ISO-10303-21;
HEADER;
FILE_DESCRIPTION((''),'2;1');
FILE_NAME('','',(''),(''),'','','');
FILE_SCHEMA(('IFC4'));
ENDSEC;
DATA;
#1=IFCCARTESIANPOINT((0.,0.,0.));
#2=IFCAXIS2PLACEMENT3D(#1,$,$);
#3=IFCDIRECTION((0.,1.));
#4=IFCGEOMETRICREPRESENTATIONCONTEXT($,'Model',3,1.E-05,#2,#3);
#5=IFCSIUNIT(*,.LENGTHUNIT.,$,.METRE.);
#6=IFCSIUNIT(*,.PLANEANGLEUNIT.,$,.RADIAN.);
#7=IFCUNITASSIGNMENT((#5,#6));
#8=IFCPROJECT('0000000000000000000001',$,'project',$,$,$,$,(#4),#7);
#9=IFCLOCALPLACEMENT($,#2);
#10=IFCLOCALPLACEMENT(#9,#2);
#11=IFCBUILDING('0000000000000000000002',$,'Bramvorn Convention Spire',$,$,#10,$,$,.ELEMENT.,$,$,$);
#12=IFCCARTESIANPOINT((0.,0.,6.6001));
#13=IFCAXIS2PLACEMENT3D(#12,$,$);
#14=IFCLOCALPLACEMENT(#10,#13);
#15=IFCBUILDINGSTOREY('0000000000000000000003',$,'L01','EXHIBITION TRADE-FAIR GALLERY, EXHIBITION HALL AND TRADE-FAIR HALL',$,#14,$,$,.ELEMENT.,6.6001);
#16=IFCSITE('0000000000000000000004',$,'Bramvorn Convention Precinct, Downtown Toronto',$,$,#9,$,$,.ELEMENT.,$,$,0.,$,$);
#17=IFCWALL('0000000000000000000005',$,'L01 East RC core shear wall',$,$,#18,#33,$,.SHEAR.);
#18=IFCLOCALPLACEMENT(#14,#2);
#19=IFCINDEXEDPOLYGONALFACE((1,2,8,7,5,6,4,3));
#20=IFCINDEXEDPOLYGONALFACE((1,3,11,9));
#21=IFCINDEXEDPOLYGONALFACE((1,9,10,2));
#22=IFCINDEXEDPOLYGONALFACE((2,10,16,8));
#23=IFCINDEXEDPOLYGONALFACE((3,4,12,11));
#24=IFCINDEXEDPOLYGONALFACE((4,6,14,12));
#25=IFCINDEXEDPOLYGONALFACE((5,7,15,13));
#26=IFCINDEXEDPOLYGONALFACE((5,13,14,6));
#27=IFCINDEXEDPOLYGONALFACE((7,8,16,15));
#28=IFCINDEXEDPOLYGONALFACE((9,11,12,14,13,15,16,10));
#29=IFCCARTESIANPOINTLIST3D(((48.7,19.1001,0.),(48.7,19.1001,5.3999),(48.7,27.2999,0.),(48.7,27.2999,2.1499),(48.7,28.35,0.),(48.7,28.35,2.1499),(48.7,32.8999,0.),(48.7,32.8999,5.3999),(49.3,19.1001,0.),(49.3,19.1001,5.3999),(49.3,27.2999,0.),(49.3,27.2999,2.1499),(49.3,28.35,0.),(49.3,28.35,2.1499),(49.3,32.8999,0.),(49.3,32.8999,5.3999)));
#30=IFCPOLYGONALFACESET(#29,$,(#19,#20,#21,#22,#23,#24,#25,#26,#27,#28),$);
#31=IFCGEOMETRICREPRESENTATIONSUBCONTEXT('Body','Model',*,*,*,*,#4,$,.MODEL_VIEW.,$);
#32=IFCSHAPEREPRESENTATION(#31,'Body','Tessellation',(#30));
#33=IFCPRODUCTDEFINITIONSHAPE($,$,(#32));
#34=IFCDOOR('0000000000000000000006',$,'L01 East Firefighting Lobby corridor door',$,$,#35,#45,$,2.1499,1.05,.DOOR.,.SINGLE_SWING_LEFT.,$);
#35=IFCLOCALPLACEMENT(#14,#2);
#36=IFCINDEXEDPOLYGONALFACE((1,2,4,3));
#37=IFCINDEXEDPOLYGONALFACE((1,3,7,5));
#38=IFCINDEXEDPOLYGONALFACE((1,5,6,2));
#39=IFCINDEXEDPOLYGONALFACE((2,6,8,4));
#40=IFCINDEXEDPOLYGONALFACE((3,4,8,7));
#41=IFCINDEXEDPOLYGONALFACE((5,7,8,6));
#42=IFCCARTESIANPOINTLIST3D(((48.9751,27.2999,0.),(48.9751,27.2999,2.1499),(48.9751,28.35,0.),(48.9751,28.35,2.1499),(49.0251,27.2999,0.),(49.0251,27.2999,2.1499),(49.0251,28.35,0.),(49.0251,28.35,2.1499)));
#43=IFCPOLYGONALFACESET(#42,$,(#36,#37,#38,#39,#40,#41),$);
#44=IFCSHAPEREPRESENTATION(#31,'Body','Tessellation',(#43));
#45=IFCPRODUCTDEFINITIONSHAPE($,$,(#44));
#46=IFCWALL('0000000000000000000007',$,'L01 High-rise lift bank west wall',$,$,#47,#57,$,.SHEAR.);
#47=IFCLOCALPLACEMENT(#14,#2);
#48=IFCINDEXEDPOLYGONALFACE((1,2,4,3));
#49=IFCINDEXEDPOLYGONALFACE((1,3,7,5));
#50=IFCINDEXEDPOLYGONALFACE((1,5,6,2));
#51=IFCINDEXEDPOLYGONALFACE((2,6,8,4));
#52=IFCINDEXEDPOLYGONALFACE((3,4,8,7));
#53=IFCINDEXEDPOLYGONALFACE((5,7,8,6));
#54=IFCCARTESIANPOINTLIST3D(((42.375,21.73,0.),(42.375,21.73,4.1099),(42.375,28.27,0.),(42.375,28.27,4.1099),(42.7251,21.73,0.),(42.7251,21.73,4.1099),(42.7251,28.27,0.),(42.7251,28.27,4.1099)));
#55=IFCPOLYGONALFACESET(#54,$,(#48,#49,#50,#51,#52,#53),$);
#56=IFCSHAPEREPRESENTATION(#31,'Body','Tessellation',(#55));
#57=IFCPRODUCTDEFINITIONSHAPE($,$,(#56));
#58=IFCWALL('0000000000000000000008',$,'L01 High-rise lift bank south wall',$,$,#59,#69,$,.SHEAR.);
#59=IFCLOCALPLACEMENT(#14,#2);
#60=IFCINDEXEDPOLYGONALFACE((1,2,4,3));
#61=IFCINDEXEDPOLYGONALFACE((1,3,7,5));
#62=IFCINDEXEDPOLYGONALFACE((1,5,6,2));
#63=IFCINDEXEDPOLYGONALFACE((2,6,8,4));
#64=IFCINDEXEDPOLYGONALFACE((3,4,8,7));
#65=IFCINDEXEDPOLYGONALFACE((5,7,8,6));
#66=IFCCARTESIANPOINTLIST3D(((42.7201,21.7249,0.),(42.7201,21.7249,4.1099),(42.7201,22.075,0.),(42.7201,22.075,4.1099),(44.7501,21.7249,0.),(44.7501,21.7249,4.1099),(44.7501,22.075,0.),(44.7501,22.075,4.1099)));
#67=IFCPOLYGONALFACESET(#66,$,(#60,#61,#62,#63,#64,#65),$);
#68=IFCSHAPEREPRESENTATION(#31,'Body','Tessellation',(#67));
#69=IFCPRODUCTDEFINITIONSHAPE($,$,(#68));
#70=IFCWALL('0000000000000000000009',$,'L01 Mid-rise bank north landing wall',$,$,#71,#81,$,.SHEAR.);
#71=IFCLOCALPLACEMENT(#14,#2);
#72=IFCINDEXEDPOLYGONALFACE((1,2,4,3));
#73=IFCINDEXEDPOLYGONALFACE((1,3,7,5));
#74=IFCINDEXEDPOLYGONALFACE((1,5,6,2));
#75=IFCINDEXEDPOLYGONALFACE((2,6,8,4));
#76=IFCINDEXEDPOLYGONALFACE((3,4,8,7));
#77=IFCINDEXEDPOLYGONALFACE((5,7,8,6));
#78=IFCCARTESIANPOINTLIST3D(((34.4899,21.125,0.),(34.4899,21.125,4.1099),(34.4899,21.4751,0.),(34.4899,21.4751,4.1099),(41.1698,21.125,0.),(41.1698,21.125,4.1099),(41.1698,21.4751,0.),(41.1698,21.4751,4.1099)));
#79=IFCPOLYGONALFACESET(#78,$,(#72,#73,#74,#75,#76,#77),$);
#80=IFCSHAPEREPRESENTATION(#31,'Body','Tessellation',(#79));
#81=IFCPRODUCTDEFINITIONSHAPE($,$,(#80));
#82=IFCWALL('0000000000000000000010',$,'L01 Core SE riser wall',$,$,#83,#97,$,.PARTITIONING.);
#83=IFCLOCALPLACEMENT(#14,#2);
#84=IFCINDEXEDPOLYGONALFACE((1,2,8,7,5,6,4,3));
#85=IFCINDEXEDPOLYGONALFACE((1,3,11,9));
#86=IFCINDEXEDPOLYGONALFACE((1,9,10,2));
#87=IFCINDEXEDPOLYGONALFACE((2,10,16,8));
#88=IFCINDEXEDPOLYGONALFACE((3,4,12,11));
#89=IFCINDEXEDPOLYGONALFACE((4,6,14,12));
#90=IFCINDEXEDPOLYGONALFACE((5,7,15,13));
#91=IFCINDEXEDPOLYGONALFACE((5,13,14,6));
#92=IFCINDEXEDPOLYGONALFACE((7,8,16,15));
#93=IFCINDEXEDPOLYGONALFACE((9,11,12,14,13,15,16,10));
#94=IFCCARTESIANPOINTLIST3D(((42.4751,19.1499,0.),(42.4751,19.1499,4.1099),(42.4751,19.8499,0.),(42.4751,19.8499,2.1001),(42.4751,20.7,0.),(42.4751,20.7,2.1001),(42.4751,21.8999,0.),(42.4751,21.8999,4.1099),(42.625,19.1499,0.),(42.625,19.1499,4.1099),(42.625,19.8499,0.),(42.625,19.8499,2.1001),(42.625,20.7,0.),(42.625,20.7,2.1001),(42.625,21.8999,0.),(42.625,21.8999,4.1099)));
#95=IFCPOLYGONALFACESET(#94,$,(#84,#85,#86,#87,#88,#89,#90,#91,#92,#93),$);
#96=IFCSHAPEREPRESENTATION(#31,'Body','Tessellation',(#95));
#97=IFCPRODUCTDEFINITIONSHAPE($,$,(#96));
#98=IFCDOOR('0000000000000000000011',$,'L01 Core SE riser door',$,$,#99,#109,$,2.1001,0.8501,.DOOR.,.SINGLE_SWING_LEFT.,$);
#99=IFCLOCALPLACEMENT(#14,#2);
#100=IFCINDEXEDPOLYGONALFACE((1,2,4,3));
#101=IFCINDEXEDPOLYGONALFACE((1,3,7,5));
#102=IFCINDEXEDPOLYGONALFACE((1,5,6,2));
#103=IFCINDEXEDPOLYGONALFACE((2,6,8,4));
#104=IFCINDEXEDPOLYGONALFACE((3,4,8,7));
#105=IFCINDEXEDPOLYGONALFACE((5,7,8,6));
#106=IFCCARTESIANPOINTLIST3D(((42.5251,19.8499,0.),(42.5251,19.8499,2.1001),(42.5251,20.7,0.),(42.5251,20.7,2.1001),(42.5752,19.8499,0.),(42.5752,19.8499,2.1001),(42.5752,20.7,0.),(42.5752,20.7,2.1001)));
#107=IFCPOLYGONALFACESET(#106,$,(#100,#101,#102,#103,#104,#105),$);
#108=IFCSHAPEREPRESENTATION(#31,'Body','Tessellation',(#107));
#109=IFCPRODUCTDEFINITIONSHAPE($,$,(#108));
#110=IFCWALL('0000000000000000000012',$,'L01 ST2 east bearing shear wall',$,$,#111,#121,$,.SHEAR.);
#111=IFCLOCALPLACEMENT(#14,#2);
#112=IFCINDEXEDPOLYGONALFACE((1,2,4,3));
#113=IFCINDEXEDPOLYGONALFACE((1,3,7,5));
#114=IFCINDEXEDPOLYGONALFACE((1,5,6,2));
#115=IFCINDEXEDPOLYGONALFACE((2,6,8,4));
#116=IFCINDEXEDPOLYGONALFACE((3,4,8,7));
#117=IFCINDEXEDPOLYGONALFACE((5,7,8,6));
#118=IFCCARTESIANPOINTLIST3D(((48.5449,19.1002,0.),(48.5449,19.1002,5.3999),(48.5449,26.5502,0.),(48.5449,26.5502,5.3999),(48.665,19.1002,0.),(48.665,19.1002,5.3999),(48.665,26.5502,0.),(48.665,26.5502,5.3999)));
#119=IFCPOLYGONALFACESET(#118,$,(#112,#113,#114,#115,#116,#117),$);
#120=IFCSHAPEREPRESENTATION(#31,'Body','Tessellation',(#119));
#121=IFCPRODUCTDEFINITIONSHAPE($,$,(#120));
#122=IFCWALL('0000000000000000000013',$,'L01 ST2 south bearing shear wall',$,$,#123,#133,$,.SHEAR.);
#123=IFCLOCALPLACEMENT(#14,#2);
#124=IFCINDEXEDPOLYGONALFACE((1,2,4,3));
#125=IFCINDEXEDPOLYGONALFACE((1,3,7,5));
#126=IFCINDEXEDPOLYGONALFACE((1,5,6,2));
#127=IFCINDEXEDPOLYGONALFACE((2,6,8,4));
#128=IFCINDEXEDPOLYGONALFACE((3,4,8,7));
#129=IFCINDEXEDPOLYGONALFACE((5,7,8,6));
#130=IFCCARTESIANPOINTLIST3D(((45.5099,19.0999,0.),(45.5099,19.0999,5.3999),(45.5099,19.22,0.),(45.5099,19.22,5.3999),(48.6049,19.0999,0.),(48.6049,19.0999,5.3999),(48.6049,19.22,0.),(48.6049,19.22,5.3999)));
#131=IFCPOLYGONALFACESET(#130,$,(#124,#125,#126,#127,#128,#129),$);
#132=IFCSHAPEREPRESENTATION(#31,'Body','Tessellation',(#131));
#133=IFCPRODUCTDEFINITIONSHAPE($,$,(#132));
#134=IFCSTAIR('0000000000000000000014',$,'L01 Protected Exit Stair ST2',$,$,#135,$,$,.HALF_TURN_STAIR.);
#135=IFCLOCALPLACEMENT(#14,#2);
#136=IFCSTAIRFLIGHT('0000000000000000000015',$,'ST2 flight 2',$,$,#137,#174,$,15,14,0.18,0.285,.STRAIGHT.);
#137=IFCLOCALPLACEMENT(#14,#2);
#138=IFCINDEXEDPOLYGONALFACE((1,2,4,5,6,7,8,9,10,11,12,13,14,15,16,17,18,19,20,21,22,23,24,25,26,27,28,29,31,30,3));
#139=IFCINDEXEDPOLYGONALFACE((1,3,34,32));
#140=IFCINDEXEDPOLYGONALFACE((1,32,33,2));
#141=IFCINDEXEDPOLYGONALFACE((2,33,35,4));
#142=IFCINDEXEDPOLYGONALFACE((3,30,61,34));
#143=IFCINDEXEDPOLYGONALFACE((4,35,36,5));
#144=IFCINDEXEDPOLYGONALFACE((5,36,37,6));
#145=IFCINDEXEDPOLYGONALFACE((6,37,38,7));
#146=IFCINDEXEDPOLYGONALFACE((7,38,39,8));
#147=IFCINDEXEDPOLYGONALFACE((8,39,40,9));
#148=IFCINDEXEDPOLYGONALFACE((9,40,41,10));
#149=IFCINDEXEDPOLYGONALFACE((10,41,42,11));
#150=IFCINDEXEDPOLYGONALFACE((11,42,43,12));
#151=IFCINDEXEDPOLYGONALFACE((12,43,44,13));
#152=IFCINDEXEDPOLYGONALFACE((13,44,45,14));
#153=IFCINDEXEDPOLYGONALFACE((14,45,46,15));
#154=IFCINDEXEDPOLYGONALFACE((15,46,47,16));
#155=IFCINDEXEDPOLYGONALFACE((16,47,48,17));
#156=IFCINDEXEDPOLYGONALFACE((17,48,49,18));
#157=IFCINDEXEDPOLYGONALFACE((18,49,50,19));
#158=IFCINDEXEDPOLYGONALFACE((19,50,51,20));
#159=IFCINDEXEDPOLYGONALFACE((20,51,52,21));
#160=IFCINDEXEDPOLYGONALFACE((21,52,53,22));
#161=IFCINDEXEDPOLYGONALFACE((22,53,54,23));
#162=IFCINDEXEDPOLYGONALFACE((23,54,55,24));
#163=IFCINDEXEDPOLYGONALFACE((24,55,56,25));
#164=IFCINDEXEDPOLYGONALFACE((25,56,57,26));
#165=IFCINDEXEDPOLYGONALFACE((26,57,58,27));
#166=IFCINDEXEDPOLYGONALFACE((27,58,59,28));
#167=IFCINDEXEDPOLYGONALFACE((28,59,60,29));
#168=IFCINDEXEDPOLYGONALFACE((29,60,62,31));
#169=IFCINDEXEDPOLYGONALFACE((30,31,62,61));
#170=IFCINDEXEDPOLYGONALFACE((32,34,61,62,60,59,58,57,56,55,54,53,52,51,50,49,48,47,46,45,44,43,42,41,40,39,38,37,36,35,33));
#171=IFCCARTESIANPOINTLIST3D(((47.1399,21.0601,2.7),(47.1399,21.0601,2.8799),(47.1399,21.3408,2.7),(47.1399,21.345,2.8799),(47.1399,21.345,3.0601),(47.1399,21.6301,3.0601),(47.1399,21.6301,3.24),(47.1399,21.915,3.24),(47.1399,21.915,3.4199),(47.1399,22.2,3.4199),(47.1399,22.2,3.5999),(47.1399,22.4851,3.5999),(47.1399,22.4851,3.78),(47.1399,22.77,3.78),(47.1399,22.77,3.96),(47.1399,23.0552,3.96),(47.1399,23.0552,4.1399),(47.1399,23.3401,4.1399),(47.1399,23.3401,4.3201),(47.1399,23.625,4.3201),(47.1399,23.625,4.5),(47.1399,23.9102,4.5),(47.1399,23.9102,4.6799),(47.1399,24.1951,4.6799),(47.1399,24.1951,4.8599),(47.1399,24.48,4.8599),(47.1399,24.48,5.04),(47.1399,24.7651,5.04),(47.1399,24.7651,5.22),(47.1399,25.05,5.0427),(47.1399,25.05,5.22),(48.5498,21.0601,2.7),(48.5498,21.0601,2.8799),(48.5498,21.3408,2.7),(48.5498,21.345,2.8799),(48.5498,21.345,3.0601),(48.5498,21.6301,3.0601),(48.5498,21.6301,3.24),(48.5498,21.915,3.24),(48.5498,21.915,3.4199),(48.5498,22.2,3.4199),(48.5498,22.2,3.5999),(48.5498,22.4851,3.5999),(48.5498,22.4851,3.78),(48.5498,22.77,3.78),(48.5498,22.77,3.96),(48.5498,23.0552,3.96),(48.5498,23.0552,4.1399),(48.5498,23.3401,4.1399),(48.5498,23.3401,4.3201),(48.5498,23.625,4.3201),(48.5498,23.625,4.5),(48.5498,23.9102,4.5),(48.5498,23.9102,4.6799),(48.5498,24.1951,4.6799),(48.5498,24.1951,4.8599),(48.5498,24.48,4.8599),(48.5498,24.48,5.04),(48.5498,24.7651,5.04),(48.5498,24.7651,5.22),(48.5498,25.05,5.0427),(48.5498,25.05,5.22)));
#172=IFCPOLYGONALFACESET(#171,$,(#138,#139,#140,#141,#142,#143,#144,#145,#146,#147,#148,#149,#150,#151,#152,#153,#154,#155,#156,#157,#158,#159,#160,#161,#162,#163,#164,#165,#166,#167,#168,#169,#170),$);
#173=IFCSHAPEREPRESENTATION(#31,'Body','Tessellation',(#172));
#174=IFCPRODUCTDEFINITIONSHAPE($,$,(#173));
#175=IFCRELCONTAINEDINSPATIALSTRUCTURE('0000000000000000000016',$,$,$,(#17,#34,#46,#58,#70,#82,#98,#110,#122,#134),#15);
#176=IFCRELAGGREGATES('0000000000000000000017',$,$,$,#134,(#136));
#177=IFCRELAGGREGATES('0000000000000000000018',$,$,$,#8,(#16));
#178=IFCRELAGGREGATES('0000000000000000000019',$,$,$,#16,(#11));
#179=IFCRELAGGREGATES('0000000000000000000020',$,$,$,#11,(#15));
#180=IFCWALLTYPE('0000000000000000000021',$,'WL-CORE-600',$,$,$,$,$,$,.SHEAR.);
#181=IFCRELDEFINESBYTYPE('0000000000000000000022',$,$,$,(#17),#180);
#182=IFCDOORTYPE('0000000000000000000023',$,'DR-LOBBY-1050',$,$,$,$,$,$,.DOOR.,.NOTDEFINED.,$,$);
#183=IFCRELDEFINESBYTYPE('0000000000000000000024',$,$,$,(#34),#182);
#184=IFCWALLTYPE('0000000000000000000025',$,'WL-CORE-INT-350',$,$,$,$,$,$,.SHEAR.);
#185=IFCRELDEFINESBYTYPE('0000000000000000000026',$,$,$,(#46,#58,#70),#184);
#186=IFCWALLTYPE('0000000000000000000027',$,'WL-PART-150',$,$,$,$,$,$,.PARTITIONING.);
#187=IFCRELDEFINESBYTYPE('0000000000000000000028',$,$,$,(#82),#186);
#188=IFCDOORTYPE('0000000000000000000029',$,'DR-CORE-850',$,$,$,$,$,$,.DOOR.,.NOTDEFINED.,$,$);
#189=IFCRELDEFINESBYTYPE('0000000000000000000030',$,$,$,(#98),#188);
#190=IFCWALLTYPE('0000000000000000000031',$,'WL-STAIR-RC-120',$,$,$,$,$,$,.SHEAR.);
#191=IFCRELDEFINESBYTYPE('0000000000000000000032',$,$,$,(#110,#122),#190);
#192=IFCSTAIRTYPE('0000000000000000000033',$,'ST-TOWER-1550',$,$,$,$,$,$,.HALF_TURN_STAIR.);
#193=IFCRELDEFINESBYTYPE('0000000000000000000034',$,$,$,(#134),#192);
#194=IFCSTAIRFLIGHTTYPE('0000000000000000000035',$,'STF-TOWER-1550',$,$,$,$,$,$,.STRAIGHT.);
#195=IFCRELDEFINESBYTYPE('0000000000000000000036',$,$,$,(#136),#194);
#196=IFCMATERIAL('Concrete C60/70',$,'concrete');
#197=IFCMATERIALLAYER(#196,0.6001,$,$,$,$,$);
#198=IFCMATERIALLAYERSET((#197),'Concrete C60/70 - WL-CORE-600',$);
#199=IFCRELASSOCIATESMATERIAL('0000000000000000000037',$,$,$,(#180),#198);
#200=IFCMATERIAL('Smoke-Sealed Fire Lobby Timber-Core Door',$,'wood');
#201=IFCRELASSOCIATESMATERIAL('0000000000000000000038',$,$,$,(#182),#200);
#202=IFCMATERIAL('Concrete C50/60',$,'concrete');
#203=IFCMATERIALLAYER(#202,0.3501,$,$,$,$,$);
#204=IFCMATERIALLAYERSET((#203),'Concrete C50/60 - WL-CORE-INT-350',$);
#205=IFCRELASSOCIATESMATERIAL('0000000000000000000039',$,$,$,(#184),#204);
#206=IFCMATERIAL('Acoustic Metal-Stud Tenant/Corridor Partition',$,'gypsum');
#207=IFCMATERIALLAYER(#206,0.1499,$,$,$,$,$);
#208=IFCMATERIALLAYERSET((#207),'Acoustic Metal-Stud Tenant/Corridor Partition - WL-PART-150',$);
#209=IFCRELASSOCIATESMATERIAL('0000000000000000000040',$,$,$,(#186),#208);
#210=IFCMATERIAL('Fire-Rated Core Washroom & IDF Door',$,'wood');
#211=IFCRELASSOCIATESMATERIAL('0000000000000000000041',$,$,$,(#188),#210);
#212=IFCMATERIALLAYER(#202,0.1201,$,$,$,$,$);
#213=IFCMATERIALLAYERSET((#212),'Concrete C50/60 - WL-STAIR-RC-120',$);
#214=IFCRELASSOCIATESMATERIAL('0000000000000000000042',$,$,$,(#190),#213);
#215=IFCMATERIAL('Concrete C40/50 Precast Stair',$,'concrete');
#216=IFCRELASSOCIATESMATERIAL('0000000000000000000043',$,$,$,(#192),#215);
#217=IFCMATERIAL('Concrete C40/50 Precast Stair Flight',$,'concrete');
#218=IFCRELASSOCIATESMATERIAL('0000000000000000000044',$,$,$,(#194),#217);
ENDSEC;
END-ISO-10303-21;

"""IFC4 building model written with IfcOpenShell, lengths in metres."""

from ifc_helpers import new_model, si_unit, direction, frame, frame_2d, origin, place, context, subcontext, project, spatial, polyline, rectangle, outline, extrude, material, layer, layer_set, type_object, element, fill, aggregate, save


model = new_model("IFC4")

# Units and contexts
model_context = context("Model", 3, precision=1e-05, world=origin(), true_north=direction((0.0, 1.0)))
body_context = subcontext(model_context, "Body", "Model", "MODEL_VIEW")
ifc_project = project(units=[si_unit("LENGTHUNIT", "METRE"), si_unit("PLANEANGLEUNIT", "RADIAN")], contexts=[model_context])

# Site, building, storey
site_placement = place(None, origin())
site = spatial("IfcSite", under=ifc_project, at=site_placement, Name="Bramvorn Convention Precinct, Downtown Toronto", CompositionType="ELEMENT", RefElevation=0.0)
building_placement = place(site_placement, origin())
building = spatial("IfcBuilding", under=site, at=building_placement, Name="Bramvorn Convention Spire", CompositionType="ELEMENT")
storey_placement = place(building_placement, frame((0.0, 0.0, 6.6001)))
storey = spatial("IfcBuildingStorey", under=building, at=storey_placement, Name="L01", Description="EXHIBITION TRADE-FAIR GALLERY, EXHIBITION HALL AND TRADE-FAIR HALL", CompositionType="ELEMENT", Elevation=6.6001)

# Wall, opening, door
ifc_material_1 = material(Name="Concrete C60/70", Category="concrete")
ifc_layer_1 = layer(ifc_material_1, 0.6001)
ifc_layer_set_1 = layer_set([ifc_layer_1], Name="Concrete C60/70 - WL-CORE-600")
wall_type_1 = type_object("IfcWallType", Name="WL-CORE-600", PredefinedType="SHEAR", material=ifc_layer_set_1)
wall_1_placement = place(storey_placement, frame((49.0, 19.1001, 0.0), z_axis=(0.0, 0.0, 1.0), x_axis=(0.0, 1.0, 0.0)))
wall_1 = element("IfcWall", 1, at=wall_1_placement, inside=storey, type_object=wall_type_1, Name="L01 East RC core shear wall", PredefinedType="SHEAR", context=body_context, shape_type="SweptSolid", body=[
    extrude(rectangle(XDim=13.7998, YDim=0.6001, at=frame_2d((6.8999, 0.0))), origin(), (0.0, 0.0, 1.0), 5.3999),
])
opening_1_placement = place(wall_1_placement, frame((8.2, 0.0, 0.0)))
opening_1 = element("IfcOpeningElement", 2, at=opening_1_placement, cuts=wall_1, PredefinedType="OPENING", context=body_context, shape_type="SweptSolid", body=[
    extrude(rectangle(XDim=1.05, YDim=2.1499, at=frame_2d((0.5249, 1.075))), frame((0.0, 0.3101, 0.0), z_axis=(0.0, -1.0, 0.0), x_axis=(1.0, 0.0, 0.0)), (0.0, 0.0, 1.0), 0.6201),
])
ifc_material_2 = material(Name="Smoke-Sealed Fire Lobby Timber-Core Door", Category="wood")
door_type_1 = type_object("IfcDoorType", Name="DR-LOBBY-1050", OperationType="NOTDEFINED", PredefinedType="DOOR", material=ifc_material_2)
door_1_placement = place(opening_1_placement, origin())
door_1 = element("IfcDoor", 3, at=door_1_placement, inside=storey, type_object=door_type_1, Name="L01 East Firefighting Lobby corridor door", OperationType="SINGLE_SWING_LEFT", OverallHeight=2.1499, OverallWidth=1.05, PredefinedType="DOOR", context=body_context, shape_type="SweptSolid", body=[
    extrude(rectangle(XDim=1.05, YDim=2.1499, at=frame_2d((0.5249, 1.075))), frame((0.0, 0.0249, 0.0), z_axis=(0.0, -1.0, 0.0), x_axis=(1.0, 0.0, 0.0)), (0.0, 0.0, 1.0), 0.05),
])
fill(opening_1, door_1)

# Walls
ifc_material_3 = material(Name="Concrete C50/60", Category="concrete")
ifc_layer_2 = layer(ifc_material_3, 0.3501)
ifc_layer_set_2 = layer_set([ifc_layer_2], Name="Concrete C50/60 - WL-CORE-INT-350")
wall_type_2 = type_object("IfcWallType", Name="WL-CORE-INT-350", PredefinedType="SHEAR", material=ifc_layer_set_2)
wall_2_placement = place(storey_placement, frame((42.55, 21.73, 0.0), z_axis=(0.0, 0.0, 1.0), x_axis=(0.0, 1.0, 0.0)))
element("IfcWall", 4, at=wall_2_placement, inside=storey, type_object=wall_type_2, Name="L01 High-rise lift bank west wall", PredefinedType="SHEAR", context=body_context, shape_type="SweptSolid", body=[
    extrude(rectangle(XDim=6.54, YDim=0.3501, at=frame_2d((3.27, 0.0))), origin(), (0.0, 0.0, 1.0), 4.1099),
])
wall_3_placement = place(storey_placement, frame((42.72, 21.8999, 0.0), z_axis=(0.0, 0.0, 1.0), x_axis=(1.0, 0.0, 0.0)))
element("IfcWall", 5, at=wall_3_placement, inside=storey, type_object=wall_type_2, Name="L01 High-rise lift bank south wall", PredefinedType="SHEAR", context=body_context, shape_type="SweptSolid", body=[
    extrude(rectangle(XDim=2.03, YDim=0.3501, at=frame_2d((1.0151, 0.0))), origin(), (0.0, 0.0, 1.0), 4.1099),
])
wall_4_placement = place(storey_placement, frame((34.49, 21.3, 0.0), z_axis=(0.0, 0.0, 1.0), x_axis=(1.0, 0.0, 0.0)))
element("IfcWall", 6, at=wall_4_placement, inside=storey, type_object=wall_type_2, Name="L01 Mid-rise bank north landing wall", PredefinedType="SHEAR", context=body_context, shape_type="SweptSolid", body=[
    extrude(rectangle(XDim=6.6799, YDim=0.3501, at=frame_2d((3.3398, 0.0))), origin(), (0.0, 0.0, 1.0), 4.1099),
])

# Wall, opening, door
ifc_material_4 = material(Name="Acoustic Metal-Stud Tenant/Corridor Partition", Category="gypsum")
ifc_layer_3 = layer(ifc_material_4, 0.1499)
ifc_layer_set_3 = layer_set([ifc_layer_3], Name="Acoustic Metal-Stud Tenant/Corridor Partition - WL-PART-150")
wall_type_3 = type_object("IfcWallType", Name="WL-PART-150", PredefinedType="PARTITIONING", material=ifc_layer_set_3)
wall_5_placement = place(storey_placement, frame((42.55, 19.1499, 0.0), z_axis=(0.0, 0.0, 1.0), x_axis=(0.0, 1.0, 0.0)))
wall_5 = element("IfcWall", 7, at=wall_5_placement, inside=storey, type_object=wall_type_3, Name="L01 Core SE riser wall", PredefinedType="PARTITIONING", context=body_context, shape_type="SweptSolid", body=[
    extrude(rectangle(XDim=2.75, YDim=0.1499, at=frame_2d((1.375, 0.0))), origin(), (0.0, 0.0, 1.0), 4.1099),
])
opening_2_placement = place(wall_5_placement, frame((0.7, 0.0, 0.0)))
opening_2 = element("IfcOpeningElement", 8, at=opening_2_placement, cuts=wall_5, PredefinedType="OPENING", context=body_context, shape_type="SweptSolid", body=[
    extrude(rectangle(XDim=0.8501, YDim=2.1001, at=frame_2d((0.425, 1.05))), frame((0.0, 0.085, 0.0), z_axis=(0.0, -1.0, 0.0), x_axis=(1.0, 0.0, 0.0)), (0.0, 0.0, 1.0), 0.1699),
])
ifc_material_5 = material(Name="Fire-Rated Core Washroom & IDF Door", Category="wood")
door_type_2 = type_object("IfcDoorType", Name="DR-CORE-850", OperationType="NOTDEFINED", PredefinedType="DOOR", material=ifc_material_5)
door_2_placement = place(opening_2_placement, origin())
door_2 = element("IfcDoor", 9, at=door_2_placement, inside=storey, type_object=door_type_2, Name="L01 Core SE riser door", OperationType="SINGLE_SWING_LEFT", OverallHeight=2.1001, OverallWidth=0.8501, PredefinedType="DOOR", context=body_context, shape_type="SweptSolid", body=[
    extrude(rectangle(XDim=0.8501, YDim=2.1001, at=frame_2d((0.425, 1.05))), frame((0.0, 0.0249, 0.0), z_axis=(0.0, -1.0, 0.0), x_axis=(1.0, 0.0, 0.0)), (0.0, 0.0, 1.0), 0.05),
])
fill(opening_2, door_2)

# Walls
ifc_layer_4 = layer(ifc_material_3, 0.1201)
ifc_layer_set_4 = layer_set([ifc_layer_4], Name="Concrete C50/60 - WL-STAIR-RC-120")
wall_type_4 = type_object("IfcWallType", Name="WL-STAIR-RC-120", PredefinedType="SHEAR", material=ifc_layer_set_4)
wall_6_placement = place(storey_placement, frame((48.605, 19.1001, 0.0), z_axis=(0.0, 0.0, 1.0), x_axis=(0.0, 1.0, 0.0)))
element("IfcWall", 10, at=wall_6_placement, inside=storey, type_object=wall_type_4, Name="L01 ST2 east bearing shear wall", PredefinedType="SHEAR", context=body_context, shape_type="SweptSolid", body=[
    extrude(rectangle(XDim=7.45, YDim=0.1201, at=frame_2d((3.7251, 0.0))), origin(), (0.0, 0.0, 1.0), 5.3999),
])
wall_7_placement = place(storey_placement, frame((45.51, 19.1599, 0.0), z_axis=(0.0, 0.0, 1.0), x_axis=(1.0, 0.0, 0.0)))
element("IfcWall", 11, at=wall_7_placement, inside=storey, type_object=wall_type_4, Name="L01 ST2 south bearing shear wall", PredefinedType="SHEAR", context=body_context, shape_type="SweptSolid", body=[
    extrude(rectangle(XDim=3.095, YDim=0.1201, at=frame_2d((1.5474, 0.0))), origin(), (0.0, 0.0, 1.0), 5.3999),
])

# Stair, stair flight
ifc_material_6 = material(Name="Concrete C40/50 Precast Stair", Category="concrete")
stair_type = type_object("IfcStairType", Name="ST-TOWER-1550", PredefinedType="HALF_TURN_STAIR", material=ifc_material_6)
stair_1_placement = place(storey_placement, origin())
stair_1 = element("IfcStair", 12, at=stair_1_placement, inside=storey, type_object=stair_type, Name="L01 Protected Exit Stair ST2", PredefinedType="HALF_TURN_STAIR")
ifc_material_7 = material(Name="Concrete C40/50 Precast Stair Flight", Category="concrete")
stair_flight_type = type_object("IfcStairFlightType", Name="STF-TOWER-1550", PredefinedType="STRAIGHT", material=ifc_material_7)
stair_flight_1_placement = place(storey_placement, frame((47.845, 21.0601, 2.7), z_axis=(0.0, 0.0, 1.0), x_axis=(0.0, 1.0, 0.0)))
stair_flight_1 = element("IfcStairFlight", 13, at=stair_flight_1_placement, type_object=stair_flight_type, Name="ST2 flight 2", NumberOfRisers=15, NumberOfTreads=14, PredefinedType="STRAIGHT", RiserHeight=0.18, TreadLength=0.285, context=body_context, shape_type="SweptSolid", body=[
    extrude(outline(polyline([(0.0, 0.0), (0.0, 0.1799), (0.2849, 0.1799), (0.2849, 0.3601), (0.5701, 0.3601), (0.5701, 0.54), (0.855, 0.54), (0.855, 0.72), (1.1399, 0.72), (1.1399, 0.8999), (1.425, 0.8999), (1.425, 1.0801), (1.71, 1.0801), (1.71, 1.26), (1.9951, 1.26), (1.9951, 1.4399), (2.28, 1.4399), (2.28, 1.6201), (2.5649, 1.6201), (2.5649, 1.8), (2.8501, 1.8), (2.8501, 1.98), (3.135, 1.98), (3.135, 2.1599), (3.4199, 2.1599), (3.4199, 2.3401), (3.7051, 2.3401), (3.7051, 2.52), (3.99, 2.52), (3.99, 2.7), (3.99, 2.3428), (0.2808, 0.0), (0.0, 0.0)])), frame((0.0, 0.7051, 0.0), z_axis=(0.0, -1.0, 0.0), x_axis=(1.0, 0.0, 0.0)), (0.0, 0.0, 1.0), 1.4099),
])
aggregate(stair_1, [stair_flight_1])

save(model, "model.ifc")
